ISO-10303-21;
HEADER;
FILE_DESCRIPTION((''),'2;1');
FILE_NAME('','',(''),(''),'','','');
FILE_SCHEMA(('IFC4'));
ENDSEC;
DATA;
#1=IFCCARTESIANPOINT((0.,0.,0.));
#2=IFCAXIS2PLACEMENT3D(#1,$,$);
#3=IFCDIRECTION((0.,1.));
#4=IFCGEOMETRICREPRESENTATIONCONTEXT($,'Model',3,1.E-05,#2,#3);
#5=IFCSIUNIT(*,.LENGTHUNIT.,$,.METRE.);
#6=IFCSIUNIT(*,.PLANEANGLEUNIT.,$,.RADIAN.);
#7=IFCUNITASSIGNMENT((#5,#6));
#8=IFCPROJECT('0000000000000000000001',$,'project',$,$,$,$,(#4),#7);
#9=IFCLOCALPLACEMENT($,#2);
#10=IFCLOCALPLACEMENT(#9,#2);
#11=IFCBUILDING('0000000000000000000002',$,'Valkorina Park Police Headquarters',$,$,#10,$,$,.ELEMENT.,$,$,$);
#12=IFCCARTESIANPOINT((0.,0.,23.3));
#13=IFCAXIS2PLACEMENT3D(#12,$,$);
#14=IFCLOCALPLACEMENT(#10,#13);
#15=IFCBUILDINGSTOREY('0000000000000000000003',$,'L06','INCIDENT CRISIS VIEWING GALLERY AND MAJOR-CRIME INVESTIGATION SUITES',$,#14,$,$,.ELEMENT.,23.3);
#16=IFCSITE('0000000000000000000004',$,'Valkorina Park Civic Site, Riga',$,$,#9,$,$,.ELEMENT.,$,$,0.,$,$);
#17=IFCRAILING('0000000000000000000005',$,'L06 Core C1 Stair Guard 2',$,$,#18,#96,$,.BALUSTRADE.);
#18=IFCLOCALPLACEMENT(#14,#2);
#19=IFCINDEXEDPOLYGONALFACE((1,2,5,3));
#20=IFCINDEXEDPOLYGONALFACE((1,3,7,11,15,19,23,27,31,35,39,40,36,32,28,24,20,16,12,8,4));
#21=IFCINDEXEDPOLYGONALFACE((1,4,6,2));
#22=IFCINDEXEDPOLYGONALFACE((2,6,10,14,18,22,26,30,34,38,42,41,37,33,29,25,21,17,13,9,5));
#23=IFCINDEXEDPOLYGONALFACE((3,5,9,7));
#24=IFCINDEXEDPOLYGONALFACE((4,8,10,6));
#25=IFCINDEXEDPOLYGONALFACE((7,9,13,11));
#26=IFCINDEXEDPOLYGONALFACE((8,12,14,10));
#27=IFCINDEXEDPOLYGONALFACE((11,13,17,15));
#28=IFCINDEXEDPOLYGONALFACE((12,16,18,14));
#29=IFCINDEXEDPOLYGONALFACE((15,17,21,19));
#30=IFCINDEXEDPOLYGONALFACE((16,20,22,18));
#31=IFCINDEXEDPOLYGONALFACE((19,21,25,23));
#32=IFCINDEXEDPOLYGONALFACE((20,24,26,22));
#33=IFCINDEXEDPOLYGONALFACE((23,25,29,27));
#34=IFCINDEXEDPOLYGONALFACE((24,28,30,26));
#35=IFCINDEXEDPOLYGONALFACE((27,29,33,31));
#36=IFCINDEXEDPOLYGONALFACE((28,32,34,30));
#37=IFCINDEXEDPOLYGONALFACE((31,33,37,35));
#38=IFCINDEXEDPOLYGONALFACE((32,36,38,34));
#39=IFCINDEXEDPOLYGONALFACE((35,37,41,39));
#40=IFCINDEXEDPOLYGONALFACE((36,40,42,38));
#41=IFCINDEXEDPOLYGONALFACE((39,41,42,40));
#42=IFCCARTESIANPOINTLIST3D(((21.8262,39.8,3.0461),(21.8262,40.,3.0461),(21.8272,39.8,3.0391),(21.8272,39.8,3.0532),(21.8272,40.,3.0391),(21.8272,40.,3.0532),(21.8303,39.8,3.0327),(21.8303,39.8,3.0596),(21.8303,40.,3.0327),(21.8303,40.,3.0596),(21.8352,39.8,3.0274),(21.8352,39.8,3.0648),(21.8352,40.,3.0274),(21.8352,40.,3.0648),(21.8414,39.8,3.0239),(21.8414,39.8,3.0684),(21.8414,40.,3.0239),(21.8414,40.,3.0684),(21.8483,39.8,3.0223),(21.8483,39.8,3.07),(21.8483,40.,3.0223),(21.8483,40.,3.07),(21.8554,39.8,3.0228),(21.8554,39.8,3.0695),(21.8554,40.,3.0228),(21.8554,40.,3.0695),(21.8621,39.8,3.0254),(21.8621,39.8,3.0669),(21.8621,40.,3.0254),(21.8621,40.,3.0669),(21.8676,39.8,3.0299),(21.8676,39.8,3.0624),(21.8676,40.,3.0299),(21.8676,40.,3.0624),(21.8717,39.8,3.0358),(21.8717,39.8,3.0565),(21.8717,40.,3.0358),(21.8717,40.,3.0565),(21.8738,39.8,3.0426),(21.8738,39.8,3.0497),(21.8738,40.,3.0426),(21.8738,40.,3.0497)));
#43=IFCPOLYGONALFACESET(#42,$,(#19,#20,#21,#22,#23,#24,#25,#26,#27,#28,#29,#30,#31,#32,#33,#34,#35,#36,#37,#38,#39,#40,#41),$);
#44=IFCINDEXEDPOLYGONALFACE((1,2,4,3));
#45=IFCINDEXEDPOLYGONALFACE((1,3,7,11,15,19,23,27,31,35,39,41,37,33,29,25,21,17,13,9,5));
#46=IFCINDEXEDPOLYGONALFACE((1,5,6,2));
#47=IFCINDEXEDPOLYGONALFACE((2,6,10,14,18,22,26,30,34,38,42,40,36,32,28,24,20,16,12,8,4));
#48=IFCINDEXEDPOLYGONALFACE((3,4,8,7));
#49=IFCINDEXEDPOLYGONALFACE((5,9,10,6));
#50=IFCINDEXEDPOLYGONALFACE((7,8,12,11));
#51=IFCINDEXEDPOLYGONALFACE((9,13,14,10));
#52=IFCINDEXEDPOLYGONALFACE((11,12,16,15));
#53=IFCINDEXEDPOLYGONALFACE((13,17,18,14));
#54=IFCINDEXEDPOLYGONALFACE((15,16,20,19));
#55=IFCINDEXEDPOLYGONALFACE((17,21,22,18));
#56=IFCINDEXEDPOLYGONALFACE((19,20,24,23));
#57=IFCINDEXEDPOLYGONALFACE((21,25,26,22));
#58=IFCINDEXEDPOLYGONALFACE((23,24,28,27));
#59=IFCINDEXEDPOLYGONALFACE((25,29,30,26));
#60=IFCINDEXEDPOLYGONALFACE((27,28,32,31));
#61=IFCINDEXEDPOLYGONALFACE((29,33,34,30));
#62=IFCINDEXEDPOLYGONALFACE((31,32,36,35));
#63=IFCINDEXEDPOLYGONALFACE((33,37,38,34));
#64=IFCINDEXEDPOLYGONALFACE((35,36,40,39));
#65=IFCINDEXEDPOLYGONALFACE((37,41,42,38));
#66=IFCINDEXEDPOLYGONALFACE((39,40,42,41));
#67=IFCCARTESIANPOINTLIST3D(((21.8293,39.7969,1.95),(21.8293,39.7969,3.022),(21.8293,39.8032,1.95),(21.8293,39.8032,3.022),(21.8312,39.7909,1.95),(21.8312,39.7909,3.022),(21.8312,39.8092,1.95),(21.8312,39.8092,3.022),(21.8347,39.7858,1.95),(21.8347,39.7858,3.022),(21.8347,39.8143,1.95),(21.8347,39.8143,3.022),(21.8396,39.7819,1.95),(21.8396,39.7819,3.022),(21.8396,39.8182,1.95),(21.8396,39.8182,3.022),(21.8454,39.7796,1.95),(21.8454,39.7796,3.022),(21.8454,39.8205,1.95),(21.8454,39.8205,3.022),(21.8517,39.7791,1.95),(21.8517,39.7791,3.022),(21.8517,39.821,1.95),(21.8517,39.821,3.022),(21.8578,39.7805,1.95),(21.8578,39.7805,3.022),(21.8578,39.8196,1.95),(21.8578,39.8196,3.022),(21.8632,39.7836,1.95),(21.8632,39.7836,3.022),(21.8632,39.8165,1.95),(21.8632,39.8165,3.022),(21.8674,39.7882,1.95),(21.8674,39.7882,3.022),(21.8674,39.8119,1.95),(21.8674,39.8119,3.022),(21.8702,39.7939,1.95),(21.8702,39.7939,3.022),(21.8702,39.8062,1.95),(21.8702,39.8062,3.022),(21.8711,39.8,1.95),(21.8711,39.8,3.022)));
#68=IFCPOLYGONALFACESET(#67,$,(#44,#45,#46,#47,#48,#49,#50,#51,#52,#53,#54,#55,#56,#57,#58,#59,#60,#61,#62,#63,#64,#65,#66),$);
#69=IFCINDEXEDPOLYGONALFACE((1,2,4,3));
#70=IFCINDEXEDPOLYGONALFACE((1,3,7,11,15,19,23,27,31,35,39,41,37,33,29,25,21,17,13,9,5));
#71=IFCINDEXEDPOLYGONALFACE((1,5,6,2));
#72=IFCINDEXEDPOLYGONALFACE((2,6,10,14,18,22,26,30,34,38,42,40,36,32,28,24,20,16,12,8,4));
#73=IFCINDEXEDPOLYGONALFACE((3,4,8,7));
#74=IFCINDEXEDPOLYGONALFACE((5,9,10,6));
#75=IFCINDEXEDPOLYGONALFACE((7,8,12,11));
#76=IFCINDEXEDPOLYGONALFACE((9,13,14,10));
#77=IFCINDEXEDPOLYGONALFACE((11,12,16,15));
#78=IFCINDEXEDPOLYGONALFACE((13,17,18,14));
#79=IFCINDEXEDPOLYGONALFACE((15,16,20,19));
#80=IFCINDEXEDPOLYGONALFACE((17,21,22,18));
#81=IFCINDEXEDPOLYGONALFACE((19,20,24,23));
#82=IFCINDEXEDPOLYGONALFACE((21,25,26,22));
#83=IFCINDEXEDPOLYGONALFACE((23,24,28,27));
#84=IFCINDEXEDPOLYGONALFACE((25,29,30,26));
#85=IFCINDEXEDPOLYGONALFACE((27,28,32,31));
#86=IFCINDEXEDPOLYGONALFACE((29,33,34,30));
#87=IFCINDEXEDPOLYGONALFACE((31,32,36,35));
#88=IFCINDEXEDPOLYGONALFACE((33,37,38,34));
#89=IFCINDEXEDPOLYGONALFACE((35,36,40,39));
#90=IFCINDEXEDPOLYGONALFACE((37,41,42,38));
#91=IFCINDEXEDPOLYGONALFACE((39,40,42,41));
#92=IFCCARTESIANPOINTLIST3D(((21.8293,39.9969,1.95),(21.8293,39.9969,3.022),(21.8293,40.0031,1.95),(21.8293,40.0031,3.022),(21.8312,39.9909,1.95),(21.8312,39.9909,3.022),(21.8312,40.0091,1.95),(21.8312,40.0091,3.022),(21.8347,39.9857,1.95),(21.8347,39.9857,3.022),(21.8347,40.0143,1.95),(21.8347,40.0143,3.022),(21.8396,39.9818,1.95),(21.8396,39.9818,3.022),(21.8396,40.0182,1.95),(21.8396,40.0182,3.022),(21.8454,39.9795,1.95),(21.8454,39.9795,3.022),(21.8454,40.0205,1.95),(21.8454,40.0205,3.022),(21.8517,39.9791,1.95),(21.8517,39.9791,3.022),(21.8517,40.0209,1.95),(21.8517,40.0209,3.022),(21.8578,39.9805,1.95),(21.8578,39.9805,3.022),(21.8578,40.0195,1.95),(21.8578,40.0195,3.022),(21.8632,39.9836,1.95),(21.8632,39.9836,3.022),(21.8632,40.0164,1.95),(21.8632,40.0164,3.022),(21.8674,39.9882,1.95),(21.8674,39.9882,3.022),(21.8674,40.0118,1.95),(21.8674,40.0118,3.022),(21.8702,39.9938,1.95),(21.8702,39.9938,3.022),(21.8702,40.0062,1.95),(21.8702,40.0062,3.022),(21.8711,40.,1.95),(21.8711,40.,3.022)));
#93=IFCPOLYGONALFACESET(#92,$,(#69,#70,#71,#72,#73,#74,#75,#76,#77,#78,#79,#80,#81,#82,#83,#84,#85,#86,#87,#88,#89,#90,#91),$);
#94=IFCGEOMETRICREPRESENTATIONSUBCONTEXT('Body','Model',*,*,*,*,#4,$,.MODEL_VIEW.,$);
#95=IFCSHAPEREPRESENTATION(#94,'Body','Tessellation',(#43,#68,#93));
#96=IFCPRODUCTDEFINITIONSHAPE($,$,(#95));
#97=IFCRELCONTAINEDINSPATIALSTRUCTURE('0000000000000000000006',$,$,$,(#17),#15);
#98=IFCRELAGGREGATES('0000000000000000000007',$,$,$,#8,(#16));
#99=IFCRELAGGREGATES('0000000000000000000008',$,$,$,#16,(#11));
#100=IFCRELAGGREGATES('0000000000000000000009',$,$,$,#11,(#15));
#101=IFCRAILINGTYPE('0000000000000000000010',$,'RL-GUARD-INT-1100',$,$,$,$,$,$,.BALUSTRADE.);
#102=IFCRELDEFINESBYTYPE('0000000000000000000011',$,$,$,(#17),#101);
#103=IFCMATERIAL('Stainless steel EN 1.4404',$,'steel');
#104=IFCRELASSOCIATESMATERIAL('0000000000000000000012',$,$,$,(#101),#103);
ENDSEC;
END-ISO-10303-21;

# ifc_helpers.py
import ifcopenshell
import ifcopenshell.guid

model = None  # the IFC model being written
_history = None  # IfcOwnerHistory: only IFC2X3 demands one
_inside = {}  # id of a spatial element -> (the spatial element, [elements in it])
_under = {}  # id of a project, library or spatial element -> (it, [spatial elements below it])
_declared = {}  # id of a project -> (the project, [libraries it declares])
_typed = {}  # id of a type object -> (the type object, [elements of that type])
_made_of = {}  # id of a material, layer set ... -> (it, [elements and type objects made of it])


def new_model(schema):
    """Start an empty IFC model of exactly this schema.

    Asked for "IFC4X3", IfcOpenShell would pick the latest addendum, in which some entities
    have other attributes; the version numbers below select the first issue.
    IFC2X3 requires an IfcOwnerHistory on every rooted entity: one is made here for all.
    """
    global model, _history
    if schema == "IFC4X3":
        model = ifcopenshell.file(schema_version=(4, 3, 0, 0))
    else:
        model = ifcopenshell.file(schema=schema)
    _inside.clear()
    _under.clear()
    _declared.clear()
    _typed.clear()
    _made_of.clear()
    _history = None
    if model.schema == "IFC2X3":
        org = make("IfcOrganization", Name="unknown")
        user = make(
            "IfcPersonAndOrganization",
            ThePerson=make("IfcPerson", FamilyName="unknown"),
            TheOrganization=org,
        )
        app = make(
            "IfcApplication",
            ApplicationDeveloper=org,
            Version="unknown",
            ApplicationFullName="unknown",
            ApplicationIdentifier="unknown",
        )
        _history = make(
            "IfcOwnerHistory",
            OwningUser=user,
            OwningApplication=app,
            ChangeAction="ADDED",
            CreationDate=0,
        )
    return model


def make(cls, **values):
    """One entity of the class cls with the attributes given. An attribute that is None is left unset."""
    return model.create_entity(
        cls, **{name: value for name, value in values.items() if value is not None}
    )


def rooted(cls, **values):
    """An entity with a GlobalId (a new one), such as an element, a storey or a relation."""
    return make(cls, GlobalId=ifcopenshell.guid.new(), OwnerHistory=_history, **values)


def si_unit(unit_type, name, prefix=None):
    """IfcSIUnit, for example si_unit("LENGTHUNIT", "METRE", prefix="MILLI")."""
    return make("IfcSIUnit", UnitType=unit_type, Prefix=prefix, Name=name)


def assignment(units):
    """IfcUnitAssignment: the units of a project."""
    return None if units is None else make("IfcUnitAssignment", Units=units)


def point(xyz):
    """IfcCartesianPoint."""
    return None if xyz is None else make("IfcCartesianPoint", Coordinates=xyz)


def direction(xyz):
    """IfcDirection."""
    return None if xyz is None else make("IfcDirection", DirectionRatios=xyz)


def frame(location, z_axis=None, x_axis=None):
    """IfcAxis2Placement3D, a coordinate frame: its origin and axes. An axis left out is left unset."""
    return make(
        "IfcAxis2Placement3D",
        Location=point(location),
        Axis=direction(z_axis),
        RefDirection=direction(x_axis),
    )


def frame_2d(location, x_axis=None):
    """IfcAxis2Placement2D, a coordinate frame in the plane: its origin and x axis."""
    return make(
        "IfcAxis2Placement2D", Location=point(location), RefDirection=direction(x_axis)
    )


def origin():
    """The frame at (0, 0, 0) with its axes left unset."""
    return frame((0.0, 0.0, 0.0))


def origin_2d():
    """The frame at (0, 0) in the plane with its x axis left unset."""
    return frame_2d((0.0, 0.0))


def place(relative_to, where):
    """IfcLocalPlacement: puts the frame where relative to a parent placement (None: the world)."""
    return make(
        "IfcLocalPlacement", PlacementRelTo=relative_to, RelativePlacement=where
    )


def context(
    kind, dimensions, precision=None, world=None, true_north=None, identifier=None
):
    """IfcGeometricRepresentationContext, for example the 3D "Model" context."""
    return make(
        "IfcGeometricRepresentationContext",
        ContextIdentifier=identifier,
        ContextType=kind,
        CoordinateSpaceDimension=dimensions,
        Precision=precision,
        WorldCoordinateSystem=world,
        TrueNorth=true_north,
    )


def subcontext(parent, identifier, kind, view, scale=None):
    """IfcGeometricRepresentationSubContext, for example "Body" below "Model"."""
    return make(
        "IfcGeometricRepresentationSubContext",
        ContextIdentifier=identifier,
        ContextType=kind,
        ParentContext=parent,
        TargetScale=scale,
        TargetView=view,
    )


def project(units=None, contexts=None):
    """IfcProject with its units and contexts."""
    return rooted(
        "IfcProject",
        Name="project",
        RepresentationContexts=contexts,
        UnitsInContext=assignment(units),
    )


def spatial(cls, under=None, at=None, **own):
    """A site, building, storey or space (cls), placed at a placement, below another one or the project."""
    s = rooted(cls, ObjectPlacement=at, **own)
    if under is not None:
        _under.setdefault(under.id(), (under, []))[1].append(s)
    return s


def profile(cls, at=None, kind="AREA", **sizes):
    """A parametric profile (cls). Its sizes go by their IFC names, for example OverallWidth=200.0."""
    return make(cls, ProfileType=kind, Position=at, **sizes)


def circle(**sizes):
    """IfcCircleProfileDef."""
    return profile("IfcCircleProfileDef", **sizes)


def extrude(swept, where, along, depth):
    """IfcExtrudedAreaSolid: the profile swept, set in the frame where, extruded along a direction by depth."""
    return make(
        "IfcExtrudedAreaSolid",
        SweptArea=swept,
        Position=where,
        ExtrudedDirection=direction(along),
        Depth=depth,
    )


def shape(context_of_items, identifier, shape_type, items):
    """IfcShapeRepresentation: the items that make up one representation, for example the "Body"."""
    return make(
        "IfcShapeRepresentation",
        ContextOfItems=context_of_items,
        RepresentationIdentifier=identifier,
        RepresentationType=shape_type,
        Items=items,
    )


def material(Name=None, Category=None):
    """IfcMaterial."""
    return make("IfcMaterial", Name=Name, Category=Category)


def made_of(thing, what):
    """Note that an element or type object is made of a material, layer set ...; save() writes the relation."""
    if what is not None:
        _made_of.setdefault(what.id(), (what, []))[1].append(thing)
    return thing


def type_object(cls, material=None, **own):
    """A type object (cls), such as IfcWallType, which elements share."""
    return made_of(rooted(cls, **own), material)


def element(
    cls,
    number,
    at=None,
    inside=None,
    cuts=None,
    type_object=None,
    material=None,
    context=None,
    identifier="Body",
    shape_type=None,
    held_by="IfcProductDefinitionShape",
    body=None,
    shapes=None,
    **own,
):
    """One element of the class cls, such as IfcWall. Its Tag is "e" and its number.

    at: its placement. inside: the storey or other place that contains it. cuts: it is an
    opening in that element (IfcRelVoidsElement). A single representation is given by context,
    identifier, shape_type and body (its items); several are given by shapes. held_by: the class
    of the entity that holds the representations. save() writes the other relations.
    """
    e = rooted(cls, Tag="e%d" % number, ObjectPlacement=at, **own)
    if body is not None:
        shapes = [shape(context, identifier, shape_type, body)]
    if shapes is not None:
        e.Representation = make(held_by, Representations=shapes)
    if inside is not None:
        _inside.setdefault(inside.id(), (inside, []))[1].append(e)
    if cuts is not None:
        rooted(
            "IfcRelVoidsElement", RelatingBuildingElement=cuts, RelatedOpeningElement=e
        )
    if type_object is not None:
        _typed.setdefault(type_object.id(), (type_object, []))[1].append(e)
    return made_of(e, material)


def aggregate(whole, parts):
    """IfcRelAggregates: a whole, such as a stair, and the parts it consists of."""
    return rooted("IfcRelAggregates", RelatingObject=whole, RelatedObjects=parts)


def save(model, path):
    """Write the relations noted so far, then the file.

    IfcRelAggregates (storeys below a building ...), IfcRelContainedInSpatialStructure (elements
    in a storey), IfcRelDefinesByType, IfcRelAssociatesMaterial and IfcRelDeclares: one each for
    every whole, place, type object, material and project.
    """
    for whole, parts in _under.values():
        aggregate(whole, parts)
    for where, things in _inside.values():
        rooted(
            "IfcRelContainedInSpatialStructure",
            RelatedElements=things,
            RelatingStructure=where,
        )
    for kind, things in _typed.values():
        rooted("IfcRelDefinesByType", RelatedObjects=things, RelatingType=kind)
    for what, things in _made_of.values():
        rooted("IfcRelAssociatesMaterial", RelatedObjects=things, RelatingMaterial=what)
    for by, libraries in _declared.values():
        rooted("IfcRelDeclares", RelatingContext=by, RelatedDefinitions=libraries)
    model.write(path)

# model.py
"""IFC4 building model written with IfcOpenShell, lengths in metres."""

from ifc_helpers import new_model, si_unit, direction, frame, origin, origin_2d, place, context, subcontext, project, spatial, circle, extrude, material, type_object, element, save


model = new_model("IFC4")

# Units and contexts
model_context = context("Model", 3, precision=1e-05, world=origin(), true_north=direction((0.0, 1.0)))
body_context = subcontext(model_context, "Body", "Model", "MODEL_VIEW")
ifc_project = project(units=[si_unit("LENGTHUNIT", "METRE"), si_unit("PLANEANGLEUNIT", "RADIAN")], contexts=[model_context])

# Site, building, storey
site_placement = place(None, origin())
site = spatial("IfcSite", under=ifc_project, at=site_placement, Name="Valkorina Park Civic Site, Riga", CompositionType="ELEMENT", RefElevation=0.0)
building_placement = place(site_placement, origin())
building = spatial("IfcBuilding", under=site, at=building_placement, Name="Valkorina Park Police Headquarters", CompositionType="ELEMENT")
storey_placement = place(building_placement, frame((0.0, 0.0, 23.3)))
storey = spatial("IfcBuildingStorey", under=building, at=storey_placement, Name="L06", Description="INCIDENT CRISIS VIEWING GALLERY AND MAJOR-CRIME INVESTIGATION SUITES", CompositionType="ELEMENT", Elevation=23.3)

# Railing
ifc_material_1 = material(Name="Stainless steel EN 1.4404", Category="steel")
railing_type_1 = type_object("IfcRailingType", Name="RL-GUARD-INT-1100", PredefinedType="BALUSTRADE", material=ifc_material_1)
railing_1_placement = place(storey_placement, frame((21.8501, 39.8, 1.95)))
element("IfcRailing", 1, at=railing_1_placement, inside=storey, type_object=railing_type_1, Name="L06 Core C1 Stair Guard 2", PredefinedType="BALUSTRADE", context=body_context, shape_type="SweptSolid", body=[
    extrude(circle(Radius=0.0239, at=origin_2d()), frame((0.0, 0.0, 1.0962), z_axis=(0.0, 1.0, 0.0), x_axis=(-1.0, 0.0, 0.0)), (0.0, 0.0, 1.0), 0.2),
    extrude(circle(Radius=0.021, at=origin_2d()), origin(), (0.0, 0.0, 1.0), 1.072),
    extrude(circle(Radius=0.021, at=origin_2d()), frame((0.0, 0.2, 0.0)), (0.0, 0.0, 1.0), 1.072),
])

save(model, "model.ifc")
